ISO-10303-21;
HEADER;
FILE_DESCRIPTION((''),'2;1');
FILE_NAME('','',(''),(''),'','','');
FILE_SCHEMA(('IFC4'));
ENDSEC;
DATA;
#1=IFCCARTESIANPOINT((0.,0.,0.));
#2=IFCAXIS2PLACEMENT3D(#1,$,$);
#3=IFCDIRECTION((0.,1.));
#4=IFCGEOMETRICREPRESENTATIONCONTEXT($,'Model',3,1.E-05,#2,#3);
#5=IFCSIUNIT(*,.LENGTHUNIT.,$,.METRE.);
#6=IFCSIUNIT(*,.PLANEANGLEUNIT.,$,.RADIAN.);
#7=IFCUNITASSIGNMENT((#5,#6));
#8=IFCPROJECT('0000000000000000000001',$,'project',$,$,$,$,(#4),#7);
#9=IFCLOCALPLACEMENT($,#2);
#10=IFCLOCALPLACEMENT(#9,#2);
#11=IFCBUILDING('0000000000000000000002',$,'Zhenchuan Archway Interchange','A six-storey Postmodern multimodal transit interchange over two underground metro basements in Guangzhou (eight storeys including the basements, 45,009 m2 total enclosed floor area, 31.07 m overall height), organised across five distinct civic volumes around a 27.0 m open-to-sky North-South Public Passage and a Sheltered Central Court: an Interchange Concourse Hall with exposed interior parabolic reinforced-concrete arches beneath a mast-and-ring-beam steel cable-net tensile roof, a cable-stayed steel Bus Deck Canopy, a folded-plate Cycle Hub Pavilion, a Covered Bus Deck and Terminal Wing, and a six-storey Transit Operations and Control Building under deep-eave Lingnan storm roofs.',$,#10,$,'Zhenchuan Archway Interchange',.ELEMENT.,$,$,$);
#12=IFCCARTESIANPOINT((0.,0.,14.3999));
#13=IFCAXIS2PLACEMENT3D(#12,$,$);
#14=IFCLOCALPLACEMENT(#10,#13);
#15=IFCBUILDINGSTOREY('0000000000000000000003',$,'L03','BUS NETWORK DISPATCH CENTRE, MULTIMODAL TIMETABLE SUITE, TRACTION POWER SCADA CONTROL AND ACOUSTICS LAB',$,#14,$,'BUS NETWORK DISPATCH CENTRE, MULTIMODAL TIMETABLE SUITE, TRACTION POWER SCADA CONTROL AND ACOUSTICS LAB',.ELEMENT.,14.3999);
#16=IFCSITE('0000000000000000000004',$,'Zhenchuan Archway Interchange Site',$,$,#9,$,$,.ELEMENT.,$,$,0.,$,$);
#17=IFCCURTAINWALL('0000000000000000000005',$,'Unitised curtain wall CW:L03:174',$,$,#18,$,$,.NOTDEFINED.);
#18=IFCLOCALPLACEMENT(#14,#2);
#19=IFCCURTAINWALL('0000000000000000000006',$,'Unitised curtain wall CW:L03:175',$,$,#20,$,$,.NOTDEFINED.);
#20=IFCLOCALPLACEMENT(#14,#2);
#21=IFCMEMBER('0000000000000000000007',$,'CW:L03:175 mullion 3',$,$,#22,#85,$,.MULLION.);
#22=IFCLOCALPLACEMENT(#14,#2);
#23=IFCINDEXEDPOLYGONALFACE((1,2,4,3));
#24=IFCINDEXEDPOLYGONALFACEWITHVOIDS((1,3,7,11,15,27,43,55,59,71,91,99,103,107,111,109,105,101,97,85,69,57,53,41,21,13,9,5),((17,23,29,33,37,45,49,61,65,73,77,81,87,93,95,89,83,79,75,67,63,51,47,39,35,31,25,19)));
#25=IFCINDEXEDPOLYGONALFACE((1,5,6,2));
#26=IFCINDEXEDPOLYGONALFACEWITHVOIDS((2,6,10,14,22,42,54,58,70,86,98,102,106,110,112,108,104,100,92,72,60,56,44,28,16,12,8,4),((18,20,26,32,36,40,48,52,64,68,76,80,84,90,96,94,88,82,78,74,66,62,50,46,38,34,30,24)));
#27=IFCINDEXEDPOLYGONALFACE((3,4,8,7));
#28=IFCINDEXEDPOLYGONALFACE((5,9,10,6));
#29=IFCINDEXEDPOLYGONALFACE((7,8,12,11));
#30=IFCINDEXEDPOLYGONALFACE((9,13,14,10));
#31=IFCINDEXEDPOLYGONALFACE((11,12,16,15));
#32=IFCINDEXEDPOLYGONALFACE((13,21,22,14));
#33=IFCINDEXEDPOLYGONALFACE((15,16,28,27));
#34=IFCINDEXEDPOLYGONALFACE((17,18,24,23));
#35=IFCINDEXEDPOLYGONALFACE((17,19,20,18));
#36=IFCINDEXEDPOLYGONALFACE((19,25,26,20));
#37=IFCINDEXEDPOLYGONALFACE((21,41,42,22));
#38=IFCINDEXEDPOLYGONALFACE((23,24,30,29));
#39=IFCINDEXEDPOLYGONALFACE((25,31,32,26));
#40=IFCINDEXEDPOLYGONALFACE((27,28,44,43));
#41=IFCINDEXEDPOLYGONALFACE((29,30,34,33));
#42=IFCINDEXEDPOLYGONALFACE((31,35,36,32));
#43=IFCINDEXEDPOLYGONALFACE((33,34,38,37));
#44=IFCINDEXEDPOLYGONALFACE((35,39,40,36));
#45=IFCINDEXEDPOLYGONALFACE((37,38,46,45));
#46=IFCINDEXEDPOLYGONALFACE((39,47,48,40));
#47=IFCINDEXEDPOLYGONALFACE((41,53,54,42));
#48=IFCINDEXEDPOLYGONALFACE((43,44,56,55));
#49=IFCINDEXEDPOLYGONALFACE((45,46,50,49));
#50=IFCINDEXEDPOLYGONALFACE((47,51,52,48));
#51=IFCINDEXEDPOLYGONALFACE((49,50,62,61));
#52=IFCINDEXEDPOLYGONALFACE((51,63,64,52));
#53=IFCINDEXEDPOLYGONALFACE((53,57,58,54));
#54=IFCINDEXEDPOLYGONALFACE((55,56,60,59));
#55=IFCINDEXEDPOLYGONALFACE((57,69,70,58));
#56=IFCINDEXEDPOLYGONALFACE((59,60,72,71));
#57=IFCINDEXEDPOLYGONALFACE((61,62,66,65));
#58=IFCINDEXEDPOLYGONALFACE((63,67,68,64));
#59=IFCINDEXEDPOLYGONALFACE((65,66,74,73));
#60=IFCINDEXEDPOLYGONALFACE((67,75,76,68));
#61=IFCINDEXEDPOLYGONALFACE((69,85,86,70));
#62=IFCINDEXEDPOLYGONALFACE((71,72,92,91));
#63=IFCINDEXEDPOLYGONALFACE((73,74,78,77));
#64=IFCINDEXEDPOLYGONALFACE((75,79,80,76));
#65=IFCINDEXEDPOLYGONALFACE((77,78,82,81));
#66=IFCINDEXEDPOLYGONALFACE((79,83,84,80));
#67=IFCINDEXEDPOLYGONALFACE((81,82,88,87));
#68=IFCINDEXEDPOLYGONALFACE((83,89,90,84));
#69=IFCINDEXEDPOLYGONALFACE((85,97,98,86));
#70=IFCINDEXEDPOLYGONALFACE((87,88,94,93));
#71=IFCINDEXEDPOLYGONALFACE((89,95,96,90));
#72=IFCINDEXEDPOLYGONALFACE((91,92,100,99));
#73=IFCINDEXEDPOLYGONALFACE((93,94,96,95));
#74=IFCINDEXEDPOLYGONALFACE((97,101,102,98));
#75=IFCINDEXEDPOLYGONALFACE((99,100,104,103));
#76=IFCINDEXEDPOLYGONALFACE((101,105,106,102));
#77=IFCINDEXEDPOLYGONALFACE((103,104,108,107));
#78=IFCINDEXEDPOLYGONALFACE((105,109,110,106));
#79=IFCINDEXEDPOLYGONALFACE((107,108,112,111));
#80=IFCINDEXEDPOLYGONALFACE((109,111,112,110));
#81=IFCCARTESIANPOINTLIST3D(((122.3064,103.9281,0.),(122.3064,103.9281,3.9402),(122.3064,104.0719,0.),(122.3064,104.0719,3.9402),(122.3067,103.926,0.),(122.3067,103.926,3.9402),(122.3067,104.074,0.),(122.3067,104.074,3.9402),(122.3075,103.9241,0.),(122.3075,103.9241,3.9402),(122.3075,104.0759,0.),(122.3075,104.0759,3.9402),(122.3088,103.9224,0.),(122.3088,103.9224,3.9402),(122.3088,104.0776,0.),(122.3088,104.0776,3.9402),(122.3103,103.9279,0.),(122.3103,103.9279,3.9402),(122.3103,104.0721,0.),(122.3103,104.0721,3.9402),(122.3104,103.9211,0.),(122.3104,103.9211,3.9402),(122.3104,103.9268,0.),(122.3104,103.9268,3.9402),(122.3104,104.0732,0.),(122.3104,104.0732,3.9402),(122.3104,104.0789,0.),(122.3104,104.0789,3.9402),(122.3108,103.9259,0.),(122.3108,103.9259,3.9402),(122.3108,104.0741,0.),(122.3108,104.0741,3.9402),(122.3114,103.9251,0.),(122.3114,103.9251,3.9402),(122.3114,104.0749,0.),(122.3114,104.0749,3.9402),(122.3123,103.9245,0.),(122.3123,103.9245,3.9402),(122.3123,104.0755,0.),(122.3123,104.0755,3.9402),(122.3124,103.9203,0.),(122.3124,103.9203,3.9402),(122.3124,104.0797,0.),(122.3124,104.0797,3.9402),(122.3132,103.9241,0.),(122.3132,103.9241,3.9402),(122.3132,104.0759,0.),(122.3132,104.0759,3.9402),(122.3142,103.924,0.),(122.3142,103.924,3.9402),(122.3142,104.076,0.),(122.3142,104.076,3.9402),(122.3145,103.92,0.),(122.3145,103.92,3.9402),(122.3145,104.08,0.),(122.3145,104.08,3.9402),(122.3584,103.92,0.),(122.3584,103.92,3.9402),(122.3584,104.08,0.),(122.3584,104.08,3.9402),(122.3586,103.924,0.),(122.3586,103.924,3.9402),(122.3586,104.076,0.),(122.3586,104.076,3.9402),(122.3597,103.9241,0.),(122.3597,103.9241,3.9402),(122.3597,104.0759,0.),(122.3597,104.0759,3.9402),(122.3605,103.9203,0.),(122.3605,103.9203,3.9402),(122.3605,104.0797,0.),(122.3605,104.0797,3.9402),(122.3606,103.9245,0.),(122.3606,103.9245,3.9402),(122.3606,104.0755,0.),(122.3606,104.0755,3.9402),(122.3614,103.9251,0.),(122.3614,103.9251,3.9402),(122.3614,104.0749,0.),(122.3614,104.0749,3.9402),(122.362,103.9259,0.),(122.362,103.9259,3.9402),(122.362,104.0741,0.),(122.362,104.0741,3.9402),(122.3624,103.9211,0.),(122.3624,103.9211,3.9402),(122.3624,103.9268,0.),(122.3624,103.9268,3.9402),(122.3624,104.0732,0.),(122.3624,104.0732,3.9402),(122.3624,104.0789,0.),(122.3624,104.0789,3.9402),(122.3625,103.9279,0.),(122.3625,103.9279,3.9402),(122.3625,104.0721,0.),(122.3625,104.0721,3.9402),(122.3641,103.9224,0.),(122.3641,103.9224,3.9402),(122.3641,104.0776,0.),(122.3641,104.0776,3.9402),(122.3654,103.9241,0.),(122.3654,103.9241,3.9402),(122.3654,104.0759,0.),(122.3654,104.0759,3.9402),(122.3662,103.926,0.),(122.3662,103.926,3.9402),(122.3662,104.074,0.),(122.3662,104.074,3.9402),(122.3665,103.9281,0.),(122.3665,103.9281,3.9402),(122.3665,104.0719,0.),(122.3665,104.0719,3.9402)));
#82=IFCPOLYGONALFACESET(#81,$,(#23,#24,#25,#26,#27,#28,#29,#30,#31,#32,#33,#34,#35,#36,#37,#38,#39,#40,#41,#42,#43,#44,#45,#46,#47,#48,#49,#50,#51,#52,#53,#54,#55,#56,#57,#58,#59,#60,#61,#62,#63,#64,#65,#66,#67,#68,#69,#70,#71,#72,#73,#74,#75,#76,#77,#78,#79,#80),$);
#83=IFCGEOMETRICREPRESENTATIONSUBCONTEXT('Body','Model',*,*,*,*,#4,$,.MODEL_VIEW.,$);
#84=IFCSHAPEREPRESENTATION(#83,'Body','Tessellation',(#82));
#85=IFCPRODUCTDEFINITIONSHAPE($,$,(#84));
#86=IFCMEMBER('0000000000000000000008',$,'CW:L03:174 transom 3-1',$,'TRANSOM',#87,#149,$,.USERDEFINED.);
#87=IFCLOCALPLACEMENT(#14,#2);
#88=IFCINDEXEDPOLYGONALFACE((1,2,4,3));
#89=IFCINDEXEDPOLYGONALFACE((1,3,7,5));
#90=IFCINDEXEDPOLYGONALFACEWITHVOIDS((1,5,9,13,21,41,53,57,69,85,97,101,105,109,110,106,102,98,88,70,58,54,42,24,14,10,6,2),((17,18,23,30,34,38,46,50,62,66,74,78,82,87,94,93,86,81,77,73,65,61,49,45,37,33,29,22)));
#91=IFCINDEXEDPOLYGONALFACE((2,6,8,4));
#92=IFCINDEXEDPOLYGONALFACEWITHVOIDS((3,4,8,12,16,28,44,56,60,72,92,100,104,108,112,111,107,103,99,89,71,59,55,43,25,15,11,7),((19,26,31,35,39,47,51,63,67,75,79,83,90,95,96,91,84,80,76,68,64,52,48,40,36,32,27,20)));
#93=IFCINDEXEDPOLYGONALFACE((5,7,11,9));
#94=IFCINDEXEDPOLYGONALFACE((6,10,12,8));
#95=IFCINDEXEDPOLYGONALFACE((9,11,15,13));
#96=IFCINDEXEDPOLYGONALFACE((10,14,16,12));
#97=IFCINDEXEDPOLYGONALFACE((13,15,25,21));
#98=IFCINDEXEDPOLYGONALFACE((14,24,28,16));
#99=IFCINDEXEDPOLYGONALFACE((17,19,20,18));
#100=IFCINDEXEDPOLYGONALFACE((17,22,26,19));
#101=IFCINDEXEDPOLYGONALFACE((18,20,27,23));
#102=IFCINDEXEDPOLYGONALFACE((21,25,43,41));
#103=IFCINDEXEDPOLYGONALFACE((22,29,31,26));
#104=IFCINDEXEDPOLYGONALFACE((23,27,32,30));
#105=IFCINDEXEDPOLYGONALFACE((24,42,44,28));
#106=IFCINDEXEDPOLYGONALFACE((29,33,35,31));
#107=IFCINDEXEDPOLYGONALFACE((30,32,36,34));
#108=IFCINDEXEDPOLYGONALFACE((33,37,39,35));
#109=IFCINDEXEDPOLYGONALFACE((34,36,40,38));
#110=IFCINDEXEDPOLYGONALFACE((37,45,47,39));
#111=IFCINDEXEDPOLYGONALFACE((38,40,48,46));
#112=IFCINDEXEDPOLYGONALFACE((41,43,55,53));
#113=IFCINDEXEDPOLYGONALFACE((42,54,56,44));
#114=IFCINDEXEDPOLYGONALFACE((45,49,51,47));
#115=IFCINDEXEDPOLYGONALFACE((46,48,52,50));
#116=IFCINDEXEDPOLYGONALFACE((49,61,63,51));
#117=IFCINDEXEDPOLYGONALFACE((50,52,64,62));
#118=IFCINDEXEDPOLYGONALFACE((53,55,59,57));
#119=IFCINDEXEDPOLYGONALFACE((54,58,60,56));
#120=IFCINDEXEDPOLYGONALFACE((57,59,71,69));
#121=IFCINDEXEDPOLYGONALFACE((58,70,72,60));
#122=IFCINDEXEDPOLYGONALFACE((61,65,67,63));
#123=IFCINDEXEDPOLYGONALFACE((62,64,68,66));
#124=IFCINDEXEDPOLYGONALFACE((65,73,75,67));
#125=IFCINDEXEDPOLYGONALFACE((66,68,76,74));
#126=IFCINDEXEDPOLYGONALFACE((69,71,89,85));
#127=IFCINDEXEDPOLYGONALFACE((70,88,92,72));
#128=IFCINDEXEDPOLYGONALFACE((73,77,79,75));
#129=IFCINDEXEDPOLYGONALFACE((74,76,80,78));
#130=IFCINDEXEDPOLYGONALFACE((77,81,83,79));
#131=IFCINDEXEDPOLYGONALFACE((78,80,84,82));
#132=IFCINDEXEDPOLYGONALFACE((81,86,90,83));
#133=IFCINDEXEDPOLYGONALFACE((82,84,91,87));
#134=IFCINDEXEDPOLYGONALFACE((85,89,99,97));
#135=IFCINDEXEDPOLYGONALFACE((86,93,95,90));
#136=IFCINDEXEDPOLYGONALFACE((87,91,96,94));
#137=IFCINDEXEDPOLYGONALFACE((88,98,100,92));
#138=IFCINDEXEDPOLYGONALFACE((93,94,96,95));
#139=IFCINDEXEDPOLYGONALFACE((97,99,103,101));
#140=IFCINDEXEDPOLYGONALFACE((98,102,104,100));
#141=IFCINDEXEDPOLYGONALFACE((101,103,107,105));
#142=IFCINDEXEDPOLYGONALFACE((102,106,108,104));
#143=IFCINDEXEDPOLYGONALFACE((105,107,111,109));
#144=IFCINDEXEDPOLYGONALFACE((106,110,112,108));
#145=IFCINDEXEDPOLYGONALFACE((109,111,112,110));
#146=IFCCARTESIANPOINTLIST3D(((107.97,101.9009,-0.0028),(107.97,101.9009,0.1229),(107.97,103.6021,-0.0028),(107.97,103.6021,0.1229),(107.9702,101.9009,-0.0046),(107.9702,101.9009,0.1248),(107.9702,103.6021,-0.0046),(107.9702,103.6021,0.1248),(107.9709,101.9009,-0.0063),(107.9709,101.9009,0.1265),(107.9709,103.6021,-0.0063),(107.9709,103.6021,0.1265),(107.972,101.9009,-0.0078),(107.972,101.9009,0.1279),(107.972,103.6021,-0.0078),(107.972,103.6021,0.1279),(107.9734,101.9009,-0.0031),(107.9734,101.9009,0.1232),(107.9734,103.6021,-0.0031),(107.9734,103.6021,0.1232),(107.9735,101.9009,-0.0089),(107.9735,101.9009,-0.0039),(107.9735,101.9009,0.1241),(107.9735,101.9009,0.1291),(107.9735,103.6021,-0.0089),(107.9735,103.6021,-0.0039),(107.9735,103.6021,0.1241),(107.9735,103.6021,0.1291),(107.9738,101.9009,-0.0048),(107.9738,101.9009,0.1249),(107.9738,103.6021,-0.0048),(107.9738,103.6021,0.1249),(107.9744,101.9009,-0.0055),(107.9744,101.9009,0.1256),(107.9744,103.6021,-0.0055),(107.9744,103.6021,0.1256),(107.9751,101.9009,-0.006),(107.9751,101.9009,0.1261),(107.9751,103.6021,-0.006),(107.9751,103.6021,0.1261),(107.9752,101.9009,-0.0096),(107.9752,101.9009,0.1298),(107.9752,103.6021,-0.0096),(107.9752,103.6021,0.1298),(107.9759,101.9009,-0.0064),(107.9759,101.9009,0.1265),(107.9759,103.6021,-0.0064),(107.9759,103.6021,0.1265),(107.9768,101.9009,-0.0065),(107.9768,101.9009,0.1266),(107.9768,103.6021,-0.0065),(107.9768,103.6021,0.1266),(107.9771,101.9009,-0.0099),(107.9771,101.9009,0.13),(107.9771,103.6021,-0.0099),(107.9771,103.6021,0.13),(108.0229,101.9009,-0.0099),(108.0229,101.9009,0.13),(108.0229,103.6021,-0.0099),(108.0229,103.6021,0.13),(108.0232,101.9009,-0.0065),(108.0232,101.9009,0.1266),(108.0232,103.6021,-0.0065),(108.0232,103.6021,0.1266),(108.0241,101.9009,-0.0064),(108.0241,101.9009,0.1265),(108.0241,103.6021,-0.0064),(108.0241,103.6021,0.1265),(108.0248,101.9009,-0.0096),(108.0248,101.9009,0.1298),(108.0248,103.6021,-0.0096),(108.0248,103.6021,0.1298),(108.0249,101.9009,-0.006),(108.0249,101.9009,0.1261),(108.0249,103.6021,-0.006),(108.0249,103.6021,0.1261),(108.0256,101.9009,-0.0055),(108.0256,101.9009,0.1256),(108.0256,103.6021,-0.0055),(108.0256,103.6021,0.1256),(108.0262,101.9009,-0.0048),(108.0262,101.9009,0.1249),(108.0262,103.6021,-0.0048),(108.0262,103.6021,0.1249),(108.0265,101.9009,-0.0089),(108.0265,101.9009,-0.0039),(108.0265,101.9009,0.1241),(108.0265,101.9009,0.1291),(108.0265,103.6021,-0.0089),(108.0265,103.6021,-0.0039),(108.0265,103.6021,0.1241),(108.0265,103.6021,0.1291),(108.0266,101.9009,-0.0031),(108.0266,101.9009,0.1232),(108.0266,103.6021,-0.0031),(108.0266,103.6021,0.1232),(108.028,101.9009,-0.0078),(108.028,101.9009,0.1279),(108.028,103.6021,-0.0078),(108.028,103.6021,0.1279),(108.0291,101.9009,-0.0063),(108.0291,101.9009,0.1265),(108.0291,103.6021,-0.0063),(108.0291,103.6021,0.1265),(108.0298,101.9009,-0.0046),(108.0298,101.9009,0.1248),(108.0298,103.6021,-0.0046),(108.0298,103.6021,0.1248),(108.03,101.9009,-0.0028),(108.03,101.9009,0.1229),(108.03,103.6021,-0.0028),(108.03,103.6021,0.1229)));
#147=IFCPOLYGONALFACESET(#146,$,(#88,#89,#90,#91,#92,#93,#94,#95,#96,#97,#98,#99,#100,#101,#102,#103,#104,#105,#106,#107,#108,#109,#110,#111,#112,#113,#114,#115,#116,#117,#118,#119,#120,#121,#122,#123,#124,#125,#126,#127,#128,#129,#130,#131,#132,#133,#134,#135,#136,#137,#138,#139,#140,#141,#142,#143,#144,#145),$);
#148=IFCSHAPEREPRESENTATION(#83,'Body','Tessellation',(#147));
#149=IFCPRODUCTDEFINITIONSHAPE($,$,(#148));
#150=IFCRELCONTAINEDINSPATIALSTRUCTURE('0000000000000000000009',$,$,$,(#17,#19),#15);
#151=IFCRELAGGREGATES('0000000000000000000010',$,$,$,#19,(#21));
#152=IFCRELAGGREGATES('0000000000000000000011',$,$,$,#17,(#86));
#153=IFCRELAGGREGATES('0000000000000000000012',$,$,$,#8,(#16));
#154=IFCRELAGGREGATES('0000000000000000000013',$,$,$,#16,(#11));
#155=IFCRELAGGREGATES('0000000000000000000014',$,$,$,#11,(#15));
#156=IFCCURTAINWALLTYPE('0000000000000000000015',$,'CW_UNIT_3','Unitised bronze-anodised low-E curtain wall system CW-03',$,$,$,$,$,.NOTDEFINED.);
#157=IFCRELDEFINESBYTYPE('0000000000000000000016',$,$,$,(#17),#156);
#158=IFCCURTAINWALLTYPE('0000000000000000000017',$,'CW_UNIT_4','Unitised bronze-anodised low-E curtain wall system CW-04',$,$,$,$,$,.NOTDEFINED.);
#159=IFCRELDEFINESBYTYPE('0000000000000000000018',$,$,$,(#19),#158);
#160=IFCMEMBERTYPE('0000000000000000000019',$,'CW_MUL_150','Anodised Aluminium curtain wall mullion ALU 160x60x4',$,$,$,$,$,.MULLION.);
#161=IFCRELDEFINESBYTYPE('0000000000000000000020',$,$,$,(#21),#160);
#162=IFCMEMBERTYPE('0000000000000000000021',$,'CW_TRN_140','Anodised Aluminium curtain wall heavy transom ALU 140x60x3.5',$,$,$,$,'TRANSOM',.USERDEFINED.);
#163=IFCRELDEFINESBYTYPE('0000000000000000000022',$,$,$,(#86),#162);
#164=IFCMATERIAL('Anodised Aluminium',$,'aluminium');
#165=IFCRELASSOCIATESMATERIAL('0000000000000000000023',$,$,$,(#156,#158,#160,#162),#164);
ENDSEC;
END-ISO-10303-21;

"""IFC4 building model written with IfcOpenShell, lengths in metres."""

from ifc_helpers import new_model, si_unit, direction, frame, origin, origin_2d, place, context, subcontext, project, spatial, hollow_rectangle, extrude, material, material_profile, profile_set, type_object, element, aggregate, save


model = new_model("IFC4")

# Units and contexts
model_context = context("Model", 3, precision=1e-05, world=origin(), true_north=direction((0.0, 1.0)))
body_context = subcontext(model_context, "Body", "Model", "MODEL_VIEW")
ifc_project = project(units=[si_unit("LENGTHUNIT", "METRE"), si_unit("PLANEANGLEUNIT", "RADIAN")], contexts=[model_context])

# Site, building, storey
site_placement = place(None, origin())
site = spatial("IfcSite", under=ifc_project, at=site_placement, Name="Zhenchuan Archway Interchange Site", CompositionType="ELEMENT", RefElevation=0.0)
building_placement = place(site_placement, origin())
building = spatial("IfcBuilding", under=site, at=building_placement, Name="Zhenchuan Archway Interchange", Description="A six-storey Postmodern multimodal transit interchange over two underground metro basements in Guangzhou (eight storeys including the basements, 45,009 m2 total enclosed floor area, 31.07 m overall height), organised across five distinct civic volumes around a 27.0 m open-to-sky North-South Public Passage and a Sheltered Central Court: an Interchange Concourse Hall with exposed interior parabolic reinforced-concrete arches beneath a mast-and-ring-beam steel cable-net tensile roof, a cable-stayed steel Bus Deck Canopy, a folded-plate Cycle Hub Pavilion, a Covered Bus Deck and Terminal Wing, and a six-storey Transit Operations and Control Building under deep-eave Lingnan storm roofs.", LongName="Zhenchuan Archway Interchange", CompositionType="ELEMENT")
storey_placement = place(building_placement, frame((0.0, 0.0, 14.3999)))
storey = spatial("IfcBuildingStorey", under=building, at=storey_placement, Name="L03", Description="BUS NETWORK DISPATCH CENTRE, MULTIMODAL TIMETABLE SUITE, TRACTION POWER SCADA CONTROL AND ACOUSTICS LAB", LongName="BUS NETWORK DISPATCH CENTRE, MULTIMODAL TIMETABLE SUITE, TRACTION POWER SCADA CONTROL AND ACOUSTICS LAB", CompositionType="ELEMENT", Elevation=14.3999)

# Curtain wall
ifc_material_1 = material(Name="Anodised Aluminium", Category="aluminium")
curtain_wall_type_1 = type_object("IfcCurtainWallType", Name="CW_UNIT_3", Description="Unitised bronze-anodised low-E curtain wall system CW-03", PredefinedType="NOTDEFINED", material=ifc_material_1)
curtain_wall_1_placement = place(storey_placement, origin())
curtain_wall_1 = element("IfcCurtainWall", 1, at=curtain_wall_1_placement, inside=storey, type_object=curtain_wall_type_1, Name="Unitised curtain wall CW:L03:174", PredefinedType="NOTDEFINED")
ifc_material_profile_1 = material_profile(ifc_material_1, hollow_rectangle(XDim=0.0601, YDim=0.1599, WallThickness=0.0039, InnerFilletRadius=0.0039, OuterFilletRadius=0.0081, at=origin_2d()), Name="ALU 160x60x4")
ifc_profile_set_1 = profile_set([ifc_material_profile_1], Name="Anodised Aluminium")
member_type_1 = type_object("IfcMemberType", Name="CW_MUL_150", Description="Anodised Aluminium curtain wall mullion ALU 160x60x4", PredefinedType="MULLION", material=ifc_profile_set_1)

# Curtain wall, member
curtain_wall_type_2 = type_object("IfcCurtainWallType", Name="CW_UNIT_4", Description="Unitised bronze-anodised low-E curtain wall system CW-04", PredefinedType="NOTDEFINED", material=ifc_material_1)
curtain_wall_2_placement = place(storey_placement, origin())
curtain_wall_2 = element("IfcCurtainWall", 2, at=curtain_wall_2_placement, inside=storey, type_object=curtain_wall_type_2, Name="Unitised curtain wall CW:L03:175", PredefinedType="NOTDEFINED")
member_1_placement = place(storey_placement, frame((122.3364, 104.0, 0.0), z_axis=(0.0, 0.0, 1.0), x_axis=(1.0, 0.0, 0.0)))
member_1 = element("IfcMember", 3, at=member_1_placement, type_object=member_type_1, Name="CW:L03:175 mullion 3", PredefinedType="MULLION", context=body_context, shape_type="SweptSolid", body=[
    extrude(hollow_rectangle(XDim=0.0601, YDim=0.1599, WallThickness=0.0039, InnerFilletRadius=0.0039, OuterFilletRadius=0.0081, at=origin_2d()), origin(), (0.0, 0.0, 1.0), 3.9402),
])

# Member
ifc_material_profile_2 = material_profile(ifc_material_1, hollow_rectangle(XDim=0.0601, YDim=0.1399, WallThickness=0.0034, InnerFilletRadius=0.0034, OuterFilletRadius=0.0071, at=origin_2d()), Name="ALU 140x60x3.5")
ifc_profile_set_2 = profile_set([ifc_material_profile_2], Name="Anodised Aluminium")
member_type_2 = type_object("IfcMemberType", Name="CW_TRN_140", Description="Anodised Aluminium curtain wall heavy transom ALU 140x60x3.5", ElementType="TRANSOM", PredefinedType="USERDEFINED", material=ifc_profile_set_2)
member_2_placement = place(storey_placement, frame((108.0, 101.9009, 0.0601), z_axis=(0.0, 1.0, 0.0), x_axis=(-1.0, 0.0, 0.0)))
member_2 = element("IfcMember", 4, at=member_2_placement, type_object=member_type_2, Name="CW:L03:174 transom 3-1", ObjectType="TRANSOM", PredefinedType="USERDEFINED", context=body_context, shape_type="SweptSolid", body=[
    extrude(hollow_rectangle(XDim=0.0601, YDim=0.1399, WallThickness=0.0034, InnerFilletRadius=0.0034, OuterFilletRadius=0.0071, at=origin_2d()), origin(), (0.0, 0.0, 1.0), 1.7012),
])

aggregate(curtain_wall_2, [member_1])
aggregate(curtain_wall_1, [member_2])

save(model, "model.ifc")
